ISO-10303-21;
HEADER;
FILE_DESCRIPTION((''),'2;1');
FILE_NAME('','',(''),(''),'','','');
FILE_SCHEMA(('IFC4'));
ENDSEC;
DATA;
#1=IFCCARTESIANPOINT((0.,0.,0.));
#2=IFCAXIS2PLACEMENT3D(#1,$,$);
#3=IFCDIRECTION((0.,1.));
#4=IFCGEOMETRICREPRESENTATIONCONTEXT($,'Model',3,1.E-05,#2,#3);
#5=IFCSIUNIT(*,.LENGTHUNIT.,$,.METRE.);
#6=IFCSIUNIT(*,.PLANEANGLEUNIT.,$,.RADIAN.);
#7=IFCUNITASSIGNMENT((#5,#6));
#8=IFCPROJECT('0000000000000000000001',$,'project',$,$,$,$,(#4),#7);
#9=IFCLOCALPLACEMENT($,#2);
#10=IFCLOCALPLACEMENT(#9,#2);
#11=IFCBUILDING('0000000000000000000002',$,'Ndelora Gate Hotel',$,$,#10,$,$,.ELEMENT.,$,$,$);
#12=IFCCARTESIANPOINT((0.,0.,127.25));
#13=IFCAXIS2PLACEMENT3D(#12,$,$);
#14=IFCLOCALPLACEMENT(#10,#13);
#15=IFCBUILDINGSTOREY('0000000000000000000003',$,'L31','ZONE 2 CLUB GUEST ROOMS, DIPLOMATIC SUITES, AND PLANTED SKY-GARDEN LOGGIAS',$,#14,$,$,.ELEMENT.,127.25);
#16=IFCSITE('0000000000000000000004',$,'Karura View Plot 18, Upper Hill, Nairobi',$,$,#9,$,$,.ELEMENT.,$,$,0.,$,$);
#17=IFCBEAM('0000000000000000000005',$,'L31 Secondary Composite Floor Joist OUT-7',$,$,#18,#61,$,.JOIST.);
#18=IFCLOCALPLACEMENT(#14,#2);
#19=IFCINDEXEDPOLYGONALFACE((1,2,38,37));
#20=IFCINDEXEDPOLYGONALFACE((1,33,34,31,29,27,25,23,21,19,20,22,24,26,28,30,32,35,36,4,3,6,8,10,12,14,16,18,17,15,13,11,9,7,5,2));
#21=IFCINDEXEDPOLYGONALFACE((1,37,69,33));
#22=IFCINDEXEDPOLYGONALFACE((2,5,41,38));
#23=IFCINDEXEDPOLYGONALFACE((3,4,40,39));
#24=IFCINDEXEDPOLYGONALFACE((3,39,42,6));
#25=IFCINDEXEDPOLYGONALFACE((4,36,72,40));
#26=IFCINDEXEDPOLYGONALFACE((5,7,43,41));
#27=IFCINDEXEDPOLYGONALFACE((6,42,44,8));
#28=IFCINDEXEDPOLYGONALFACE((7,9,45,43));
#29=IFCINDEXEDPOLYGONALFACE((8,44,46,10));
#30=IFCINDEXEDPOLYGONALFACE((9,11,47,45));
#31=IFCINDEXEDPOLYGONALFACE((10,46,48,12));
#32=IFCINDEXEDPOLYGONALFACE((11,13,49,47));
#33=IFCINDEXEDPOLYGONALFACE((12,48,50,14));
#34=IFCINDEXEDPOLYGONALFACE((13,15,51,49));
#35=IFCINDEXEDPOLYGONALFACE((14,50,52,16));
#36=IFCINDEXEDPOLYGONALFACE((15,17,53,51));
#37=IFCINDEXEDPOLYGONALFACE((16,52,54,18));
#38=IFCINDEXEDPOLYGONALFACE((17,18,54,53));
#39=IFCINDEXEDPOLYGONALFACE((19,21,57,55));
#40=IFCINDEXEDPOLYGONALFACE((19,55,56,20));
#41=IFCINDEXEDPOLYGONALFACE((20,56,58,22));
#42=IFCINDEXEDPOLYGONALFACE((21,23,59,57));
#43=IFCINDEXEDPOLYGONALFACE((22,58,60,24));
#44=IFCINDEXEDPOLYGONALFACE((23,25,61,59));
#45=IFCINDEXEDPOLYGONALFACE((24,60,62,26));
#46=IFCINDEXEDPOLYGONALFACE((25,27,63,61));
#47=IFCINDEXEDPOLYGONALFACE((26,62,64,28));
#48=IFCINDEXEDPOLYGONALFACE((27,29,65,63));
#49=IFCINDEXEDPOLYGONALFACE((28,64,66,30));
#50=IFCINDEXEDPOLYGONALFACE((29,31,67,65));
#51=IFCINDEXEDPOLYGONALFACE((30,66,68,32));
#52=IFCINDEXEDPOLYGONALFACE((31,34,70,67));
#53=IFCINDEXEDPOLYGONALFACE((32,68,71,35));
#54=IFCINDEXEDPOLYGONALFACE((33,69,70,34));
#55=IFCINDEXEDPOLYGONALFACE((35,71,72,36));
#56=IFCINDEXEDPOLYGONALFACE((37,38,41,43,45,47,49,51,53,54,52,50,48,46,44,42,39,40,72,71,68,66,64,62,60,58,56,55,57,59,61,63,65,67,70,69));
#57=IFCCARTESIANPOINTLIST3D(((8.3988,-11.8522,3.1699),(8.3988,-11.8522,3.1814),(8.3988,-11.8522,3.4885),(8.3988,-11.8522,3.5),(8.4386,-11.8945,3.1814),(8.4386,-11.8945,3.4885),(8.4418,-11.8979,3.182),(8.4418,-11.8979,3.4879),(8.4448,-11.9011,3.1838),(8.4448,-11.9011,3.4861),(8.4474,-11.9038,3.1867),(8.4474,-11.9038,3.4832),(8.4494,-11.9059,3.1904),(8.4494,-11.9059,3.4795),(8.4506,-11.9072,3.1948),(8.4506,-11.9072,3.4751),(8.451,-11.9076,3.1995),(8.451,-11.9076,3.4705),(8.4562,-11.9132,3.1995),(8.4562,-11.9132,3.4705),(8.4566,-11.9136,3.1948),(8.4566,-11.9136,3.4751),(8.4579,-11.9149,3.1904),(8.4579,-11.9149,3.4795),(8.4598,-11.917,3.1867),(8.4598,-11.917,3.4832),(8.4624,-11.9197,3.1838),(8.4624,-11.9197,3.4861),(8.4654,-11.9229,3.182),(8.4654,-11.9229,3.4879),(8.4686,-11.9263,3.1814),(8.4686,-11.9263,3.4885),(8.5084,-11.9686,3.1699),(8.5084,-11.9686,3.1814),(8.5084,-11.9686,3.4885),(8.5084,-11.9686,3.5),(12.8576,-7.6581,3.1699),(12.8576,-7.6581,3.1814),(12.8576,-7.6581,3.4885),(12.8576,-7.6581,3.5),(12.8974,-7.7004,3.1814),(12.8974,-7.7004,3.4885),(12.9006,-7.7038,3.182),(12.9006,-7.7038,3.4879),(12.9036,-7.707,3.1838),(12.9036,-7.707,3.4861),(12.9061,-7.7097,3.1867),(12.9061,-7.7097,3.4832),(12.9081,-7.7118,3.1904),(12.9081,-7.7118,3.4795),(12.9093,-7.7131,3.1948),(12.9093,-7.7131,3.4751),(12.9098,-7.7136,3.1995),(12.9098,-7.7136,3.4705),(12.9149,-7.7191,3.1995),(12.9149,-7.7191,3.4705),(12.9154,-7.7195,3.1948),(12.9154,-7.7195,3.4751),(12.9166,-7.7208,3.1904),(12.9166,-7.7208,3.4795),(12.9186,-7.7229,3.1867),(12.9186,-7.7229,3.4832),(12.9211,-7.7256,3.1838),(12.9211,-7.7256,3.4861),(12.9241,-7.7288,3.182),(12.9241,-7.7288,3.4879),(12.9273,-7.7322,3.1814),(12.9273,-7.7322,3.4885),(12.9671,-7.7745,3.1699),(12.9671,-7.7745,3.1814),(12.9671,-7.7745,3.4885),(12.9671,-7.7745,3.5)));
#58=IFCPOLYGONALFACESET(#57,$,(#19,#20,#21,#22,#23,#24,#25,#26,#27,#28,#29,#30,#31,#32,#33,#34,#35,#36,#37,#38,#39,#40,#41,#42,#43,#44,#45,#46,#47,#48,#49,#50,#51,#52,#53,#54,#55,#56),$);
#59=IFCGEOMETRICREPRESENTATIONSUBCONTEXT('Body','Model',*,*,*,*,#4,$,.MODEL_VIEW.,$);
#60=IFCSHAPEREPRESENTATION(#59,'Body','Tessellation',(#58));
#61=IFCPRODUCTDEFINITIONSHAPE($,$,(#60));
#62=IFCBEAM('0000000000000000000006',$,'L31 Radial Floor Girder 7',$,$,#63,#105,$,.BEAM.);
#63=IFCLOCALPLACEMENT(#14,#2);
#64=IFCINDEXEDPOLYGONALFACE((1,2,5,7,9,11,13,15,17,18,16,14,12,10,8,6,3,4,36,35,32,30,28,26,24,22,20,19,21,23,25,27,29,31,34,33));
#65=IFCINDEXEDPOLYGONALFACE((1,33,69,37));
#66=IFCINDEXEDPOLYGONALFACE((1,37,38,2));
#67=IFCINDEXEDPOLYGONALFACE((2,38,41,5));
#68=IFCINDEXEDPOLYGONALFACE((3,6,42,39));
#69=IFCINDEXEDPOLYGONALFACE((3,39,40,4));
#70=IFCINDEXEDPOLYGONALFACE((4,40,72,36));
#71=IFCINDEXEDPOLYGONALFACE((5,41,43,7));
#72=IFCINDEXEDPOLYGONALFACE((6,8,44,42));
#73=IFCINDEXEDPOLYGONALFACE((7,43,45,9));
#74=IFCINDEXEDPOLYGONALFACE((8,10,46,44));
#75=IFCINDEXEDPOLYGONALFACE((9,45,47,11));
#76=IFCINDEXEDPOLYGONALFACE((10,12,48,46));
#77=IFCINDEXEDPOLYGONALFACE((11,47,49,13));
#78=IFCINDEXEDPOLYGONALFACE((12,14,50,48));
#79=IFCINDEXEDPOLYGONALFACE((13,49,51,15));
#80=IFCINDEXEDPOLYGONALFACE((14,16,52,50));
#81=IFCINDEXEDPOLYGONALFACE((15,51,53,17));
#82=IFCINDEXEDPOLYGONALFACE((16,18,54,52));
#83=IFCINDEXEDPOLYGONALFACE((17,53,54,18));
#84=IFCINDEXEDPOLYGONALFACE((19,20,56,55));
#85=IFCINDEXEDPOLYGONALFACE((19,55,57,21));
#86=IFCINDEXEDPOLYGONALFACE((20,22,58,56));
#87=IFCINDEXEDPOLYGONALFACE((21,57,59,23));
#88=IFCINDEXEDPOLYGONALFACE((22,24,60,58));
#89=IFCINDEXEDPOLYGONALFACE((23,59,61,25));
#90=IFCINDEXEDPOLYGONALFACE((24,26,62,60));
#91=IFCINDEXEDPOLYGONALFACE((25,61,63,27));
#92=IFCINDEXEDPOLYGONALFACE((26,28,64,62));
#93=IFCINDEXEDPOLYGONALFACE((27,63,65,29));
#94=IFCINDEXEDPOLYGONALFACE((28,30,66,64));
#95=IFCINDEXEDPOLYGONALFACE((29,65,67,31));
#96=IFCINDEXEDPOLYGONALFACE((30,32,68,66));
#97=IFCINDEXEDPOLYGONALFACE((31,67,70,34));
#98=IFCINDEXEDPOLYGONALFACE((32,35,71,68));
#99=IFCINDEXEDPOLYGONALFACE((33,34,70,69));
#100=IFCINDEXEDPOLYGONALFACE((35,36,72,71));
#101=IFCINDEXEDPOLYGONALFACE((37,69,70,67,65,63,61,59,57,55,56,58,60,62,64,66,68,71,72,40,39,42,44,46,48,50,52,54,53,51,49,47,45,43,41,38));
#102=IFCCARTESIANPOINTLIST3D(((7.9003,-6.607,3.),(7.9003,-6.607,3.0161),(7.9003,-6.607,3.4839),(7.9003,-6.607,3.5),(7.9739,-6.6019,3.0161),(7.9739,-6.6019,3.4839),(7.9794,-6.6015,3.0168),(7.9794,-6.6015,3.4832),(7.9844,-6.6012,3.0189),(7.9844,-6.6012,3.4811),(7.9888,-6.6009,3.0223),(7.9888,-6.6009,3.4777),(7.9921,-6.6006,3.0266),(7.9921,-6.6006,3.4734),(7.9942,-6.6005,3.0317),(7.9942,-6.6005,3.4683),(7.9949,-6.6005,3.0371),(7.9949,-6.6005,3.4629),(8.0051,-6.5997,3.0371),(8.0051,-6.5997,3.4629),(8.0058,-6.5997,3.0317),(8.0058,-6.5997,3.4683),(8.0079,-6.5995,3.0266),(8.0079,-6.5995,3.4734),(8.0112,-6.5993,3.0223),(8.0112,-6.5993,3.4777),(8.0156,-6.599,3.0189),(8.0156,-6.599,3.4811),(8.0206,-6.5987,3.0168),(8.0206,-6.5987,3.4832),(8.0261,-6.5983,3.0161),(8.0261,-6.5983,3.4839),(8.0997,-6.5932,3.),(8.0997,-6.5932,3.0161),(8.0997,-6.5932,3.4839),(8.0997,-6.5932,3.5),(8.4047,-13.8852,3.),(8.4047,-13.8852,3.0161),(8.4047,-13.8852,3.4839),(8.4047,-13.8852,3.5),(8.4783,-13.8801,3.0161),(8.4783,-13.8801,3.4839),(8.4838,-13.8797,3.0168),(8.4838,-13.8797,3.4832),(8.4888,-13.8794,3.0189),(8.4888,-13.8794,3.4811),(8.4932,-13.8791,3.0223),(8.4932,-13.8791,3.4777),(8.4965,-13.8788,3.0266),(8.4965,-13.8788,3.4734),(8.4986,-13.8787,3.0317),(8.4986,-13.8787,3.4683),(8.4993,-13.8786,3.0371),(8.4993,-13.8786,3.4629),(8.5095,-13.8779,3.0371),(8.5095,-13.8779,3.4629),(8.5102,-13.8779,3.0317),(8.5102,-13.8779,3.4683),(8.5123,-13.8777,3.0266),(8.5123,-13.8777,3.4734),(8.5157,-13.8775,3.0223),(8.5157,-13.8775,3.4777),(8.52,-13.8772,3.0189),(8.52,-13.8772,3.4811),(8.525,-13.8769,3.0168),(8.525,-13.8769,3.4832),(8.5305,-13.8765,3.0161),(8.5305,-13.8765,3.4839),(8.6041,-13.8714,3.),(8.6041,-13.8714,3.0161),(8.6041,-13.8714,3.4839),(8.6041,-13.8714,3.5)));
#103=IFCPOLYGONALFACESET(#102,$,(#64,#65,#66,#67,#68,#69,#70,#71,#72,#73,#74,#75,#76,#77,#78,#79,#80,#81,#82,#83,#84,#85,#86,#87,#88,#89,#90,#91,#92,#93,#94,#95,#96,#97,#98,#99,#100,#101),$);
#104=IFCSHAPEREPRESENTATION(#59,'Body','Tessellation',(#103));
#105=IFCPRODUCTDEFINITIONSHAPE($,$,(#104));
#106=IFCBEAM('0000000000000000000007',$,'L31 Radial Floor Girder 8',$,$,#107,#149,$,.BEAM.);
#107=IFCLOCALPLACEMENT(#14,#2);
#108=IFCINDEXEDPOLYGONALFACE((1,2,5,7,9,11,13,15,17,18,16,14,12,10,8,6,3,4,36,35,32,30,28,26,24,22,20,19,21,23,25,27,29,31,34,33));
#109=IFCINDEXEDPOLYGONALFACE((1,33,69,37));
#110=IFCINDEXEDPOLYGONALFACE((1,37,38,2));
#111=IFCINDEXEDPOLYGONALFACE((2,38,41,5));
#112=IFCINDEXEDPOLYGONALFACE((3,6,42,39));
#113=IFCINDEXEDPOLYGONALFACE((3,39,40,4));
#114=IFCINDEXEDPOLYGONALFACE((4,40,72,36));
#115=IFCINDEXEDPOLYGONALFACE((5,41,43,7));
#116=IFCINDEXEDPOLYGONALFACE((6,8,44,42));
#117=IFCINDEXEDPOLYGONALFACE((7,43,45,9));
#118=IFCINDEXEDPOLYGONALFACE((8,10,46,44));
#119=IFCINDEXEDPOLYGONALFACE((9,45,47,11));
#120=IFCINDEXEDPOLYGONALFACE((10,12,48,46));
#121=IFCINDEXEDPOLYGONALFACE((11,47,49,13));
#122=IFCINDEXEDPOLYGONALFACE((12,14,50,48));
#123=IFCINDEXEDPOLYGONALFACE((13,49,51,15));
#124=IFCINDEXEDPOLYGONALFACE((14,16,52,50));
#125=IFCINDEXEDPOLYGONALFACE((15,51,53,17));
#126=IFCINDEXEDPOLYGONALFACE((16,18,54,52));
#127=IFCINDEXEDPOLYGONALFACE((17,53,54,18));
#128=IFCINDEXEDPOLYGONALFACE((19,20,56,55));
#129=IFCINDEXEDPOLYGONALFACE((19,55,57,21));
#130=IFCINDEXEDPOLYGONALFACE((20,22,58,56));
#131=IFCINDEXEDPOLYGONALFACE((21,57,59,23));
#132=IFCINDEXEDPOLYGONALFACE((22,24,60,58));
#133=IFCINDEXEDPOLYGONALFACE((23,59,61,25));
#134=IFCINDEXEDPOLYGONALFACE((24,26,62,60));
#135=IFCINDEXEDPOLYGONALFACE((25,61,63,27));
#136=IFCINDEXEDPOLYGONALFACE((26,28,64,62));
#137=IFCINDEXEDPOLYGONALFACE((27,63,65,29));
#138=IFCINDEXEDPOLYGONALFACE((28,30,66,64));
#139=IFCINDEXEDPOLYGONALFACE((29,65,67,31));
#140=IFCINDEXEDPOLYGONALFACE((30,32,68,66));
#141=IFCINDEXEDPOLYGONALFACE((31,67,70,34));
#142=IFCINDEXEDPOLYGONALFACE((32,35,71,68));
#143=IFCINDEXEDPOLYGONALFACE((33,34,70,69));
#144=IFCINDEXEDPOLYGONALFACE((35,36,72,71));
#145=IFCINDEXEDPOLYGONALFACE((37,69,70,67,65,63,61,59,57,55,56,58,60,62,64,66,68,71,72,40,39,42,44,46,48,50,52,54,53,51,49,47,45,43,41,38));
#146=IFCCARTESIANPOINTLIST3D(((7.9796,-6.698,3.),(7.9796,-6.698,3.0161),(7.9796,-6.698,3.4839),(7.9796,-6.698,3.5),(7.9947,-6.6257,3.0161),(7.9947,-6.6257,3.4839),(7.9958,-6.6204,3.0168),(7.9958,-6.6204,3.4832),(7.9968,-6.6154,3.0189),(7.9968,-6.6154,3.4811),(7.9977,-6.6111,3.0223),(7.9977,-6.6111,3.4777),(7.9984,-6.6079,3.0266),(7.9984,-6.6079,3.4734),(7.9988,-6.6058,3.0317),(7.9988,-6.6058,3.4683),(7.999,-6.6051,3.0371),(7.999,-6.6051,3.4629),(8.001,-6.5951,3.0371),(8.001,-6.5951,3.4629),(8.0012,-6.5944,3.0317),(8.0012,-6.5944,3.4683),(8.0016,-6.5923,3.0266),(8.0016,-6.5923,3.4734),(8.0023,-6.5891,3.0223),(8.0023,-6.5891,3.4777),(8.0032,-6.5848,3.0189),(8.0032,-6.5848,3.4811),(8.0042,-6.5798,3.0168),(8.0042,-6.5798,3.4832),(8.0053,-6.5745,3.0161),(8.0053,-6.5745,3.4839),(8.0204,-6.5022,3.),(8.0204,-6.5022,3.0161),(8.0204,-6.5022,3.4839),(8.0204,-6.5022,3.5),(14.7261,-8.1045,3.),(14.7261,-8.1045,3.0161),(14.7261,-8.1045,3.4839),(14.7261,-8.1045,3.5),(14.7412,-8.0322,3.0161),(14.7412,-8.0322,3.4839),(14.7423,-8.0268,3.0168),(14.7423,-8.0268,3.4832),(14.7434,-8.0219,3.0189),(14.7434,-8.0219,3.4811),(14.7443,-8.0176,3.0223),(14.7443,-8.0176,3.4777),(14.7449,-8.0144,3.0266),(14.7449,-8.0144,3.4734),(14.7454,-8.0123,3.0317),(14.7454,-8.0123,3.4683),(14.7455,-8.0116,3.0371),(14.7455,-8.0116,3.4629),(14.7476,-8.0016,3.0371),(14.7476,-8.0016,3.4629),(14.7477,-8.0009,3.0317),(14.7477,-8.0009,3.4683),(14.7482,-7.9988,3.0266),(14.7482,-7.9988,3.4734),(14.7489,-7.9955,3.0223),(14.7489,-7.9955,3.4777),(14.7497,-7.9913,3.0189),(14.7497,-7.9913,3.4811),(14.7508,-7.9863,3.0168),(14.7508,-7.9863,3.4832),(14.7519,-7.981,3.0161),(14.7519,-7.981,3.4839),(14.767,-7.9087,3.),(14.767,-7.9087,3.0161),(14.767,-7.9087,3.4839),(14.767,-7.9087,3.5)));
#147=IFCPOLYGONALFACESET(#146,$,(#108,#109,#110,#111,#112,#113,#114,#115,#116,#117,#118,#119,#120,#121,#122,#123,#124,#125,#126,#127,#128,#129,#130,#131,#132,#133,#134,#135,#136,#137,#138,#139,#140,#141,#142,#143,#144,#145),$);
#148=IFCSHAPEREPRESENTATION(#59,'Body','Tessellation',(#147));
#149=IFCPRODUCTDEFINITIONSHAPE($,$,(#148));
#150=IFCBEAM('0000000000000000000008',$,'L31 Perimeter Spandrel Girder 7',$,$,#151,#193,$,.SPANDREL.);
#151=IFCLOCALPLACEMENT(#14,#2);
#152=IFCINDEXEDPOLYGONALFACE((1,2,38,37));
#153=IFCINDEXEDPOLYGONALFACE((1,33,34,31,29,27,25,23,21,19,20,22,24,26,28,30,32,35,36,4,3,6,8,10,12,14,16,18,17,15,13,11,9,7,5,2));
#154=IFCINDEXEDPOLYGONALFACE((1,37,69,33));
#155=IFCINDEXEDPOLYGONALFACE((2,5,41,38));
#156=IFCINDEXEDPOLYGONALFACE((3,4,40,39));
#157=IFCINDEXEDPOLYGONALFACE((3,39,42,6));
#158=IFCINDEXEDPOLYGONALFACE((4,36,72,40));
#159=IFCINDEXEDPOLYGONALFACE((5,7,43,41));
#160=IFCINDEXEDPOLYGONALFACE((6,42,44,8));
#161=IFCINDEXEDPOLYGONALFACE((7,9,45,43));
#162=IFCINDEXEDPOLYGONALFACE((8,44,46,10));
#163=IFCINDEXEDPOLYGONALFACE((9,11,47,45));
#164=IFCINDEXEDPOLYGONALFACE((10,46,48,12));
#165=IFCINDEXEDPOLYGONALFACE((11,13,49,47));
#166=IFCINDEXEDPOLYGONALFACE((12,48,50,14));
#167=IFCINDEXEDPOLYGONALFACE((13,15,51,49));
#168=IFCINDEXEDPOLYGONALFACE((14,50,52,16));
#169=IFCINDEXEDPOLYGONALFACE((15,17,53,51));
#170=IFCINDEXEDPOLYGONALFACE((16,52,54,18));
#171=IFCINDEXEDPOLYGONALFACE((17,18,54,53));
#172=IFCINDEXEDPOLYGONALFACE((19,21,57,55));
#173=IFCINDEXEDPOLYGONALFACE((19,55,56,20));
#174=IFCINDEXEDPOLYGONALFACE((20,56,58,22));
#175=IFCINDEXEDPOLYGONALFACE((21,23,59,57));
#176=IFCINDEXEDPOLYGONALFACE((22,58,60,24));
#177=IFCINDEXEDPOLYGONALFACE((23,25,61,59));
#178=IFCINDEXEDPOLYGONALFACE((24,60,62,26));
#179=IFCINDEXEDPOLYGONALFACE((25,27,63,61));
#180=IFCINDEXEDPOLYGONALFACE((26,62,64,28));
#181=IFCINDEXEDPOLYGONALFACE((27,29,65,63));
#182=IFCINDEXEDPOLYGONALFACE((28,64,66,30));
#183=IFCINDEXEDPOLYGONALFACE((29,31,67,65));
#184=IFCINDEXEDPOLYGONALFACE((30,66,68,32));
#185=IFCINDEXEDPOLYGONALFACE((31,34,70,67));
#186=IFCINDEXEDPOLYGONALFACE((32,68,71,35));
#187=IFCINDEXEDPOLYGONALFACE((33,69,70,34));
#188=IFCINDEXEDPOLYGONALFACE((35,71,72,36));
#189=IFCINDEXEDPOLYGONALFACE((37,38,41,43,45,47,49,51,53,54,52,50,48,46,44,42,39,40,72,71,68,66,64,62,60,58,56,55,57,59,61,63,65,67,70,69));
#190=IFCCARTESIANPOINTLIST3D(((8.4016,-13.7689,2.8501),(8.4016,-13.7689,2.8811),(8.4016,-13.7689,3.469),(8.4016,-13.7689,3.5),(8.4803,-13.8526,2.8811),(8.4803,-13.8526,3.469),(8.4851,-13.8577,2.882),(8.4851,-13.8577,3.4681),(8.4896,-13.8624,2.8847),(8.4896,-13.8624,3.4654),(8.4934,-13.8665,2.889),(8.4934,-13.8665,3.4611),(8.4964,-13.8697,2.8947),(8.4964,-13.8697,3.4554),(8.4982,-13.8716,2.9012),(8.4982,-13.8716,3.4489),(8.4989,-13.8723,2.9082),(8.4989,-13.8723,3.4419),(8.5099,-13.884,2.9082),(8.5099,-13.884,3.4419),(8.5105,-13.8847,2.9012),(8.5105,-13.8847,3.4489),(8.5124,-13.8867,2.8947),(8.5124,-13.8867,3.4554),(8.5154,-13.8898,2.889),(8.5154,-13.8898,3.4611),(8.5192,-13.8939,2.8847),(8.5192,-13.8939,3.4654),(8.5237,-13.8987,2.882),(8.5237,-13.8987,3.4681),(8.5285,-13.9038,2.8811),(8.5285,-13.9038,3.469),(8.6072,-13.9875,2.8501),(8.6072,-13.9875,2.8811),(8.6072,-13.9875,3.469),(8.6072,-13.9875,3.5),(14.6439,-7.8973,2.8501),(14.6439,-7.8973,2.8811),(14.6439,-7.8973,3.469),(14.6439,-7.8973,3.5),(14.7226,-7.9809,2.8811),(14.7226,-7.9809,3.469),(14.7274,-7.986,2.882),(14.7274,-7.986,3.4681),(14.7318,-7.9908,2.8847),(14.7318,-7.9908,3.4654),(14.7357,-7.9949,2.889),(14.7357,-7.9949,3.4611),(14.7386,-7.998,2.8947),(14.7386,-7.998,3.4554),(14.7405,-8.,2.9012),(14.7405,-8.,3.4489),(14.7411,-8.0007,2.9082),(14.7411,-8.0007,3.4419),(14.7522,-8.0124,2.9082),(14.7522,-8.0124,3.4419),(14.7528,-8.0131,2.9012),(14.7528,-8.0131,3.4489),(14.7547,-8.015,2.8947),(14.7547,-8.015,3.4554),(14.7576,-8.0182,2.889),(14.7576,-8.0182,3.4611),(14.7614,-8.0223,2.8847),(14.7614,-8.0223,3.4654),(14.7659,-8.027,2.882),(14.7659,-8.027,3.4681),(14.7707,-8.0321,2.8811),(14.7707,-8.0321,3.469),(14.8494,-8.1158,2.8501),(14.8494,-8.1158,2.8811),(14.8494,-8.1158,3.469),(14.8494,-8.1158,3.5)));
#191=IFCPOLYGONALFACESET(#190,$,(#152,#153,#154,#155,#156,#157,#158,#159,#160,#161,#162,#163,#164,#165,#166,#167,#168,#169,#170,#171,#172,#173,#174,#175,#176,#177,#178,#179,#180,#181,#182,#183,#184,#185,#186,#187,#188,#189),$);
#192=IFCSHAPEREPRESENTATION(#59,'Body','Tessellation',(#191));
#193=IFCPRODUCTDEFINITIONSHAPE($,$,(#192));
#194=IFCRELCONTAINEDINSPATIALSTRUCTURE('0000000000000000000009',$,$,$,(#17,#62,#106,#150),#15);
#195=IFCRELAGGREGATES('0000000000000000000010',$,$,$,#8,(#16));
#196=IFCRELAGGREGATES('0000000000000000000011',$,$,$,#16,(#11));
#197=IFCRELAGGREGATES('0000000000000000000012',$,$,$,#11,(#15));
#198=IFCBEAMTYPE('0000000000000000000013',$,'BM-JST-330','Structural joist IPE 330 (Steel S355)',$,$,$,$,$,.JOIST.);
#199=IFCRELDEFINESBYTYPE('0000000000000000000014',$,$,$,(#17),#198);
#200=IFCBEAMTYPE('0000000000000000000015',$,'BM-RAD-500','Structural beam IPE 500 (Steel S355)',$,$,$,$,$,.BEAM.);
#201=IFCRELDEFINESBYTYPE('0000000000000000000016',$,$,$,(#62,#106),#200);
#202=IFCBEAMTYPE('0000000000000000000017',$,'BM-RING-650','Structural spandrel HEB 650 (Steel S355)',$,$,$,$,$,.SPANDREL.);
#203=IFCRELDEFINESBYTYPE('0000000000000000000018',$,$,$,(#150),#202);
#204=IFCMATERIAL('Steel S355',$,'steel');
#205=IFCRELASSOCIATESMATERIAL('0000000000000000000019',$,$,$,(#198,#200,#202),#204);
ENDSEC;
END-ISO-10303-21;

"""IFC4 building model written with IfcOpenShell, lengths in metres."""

from ifc_helpers import new_model, si_unit, direction, frame, origin, origin_2d, place, context, subcontext, project, spatial, i_section, extrude, material, material_profile, profile_set, type_object, element, save


model = new_model("IFC4")

# Units and contexts
model_context = context("Model", 3, precision=1e-05, world=origin(), true_north=direction((0.0, 1.0)))
body_context = subcontext(model_context, "Body", "Model", "MODEL_VIEW")
ifc_project = project(units=[si_unit("LENGTHUNIT", "METRE"), si_unit("PLANEANGLEUNIT", "RADIAN")], contexts=[model_context])

# Site, building, storey
site_placement = place(None, origin())
site = spatial("IfcSite", under=ifc_project, at=site_placement, Name="Karura View Plot 18, Upper Hill, Nairobi", CompositionType="ELEMENT", RefElevation=0.0)
building_placement = place(site_placement, origin())
building = spatial("IfcBuilding", under=site, at=building_placement, Name="Ndelora Gate Hotel", CompositionType="ELEMENT")
storey_placement = place(building_placement, frame((0.0, 0.0, 127.25)))
storey = spatial("IfcBuildingStorey", under=building, at=storey_placement, Name="L31", Description="ZONE 2 CLUB GUEST ROOMS, DIPLOMATIC SUITES, AND PLANTED SKY-GARDEN LOGGIAS", CompositionType="ELEMENT", Elevation=127.25)

# Beams
ifc_material_1 = material(Name="Steel S355", Category="steel")
ifc_material_profile_1 = material_profile(ifc_material_1, i_section(OverallWidth=0.1599, OverallDepth=0.3301, WebThickness=0.0076, FlangeThickness=0.0115, FilletRadius=0.0181, at=origin_2d()), Name="IPE 330")
ifc_profile_set_1 = profile_set([ifc_material_profile_1], Name="Steel S355")
beam_type_1 = type_object("IfcBeamType", Name="BM-JST-330", Description="Structural joist IPE 330 (Steel S355)", PredefinedType="JOIST", material=ifc_profile_set_1)
beam_1_placement = place(storey_placement, frame((8.4536, -11.9104, 3.335), z_axis=(0.728393, 0.685159, 0.0), x_axis=(-0.685159, 0.728393, 0.0)))
element("IfcBeam", 1, at=beam_1_placement, inside=storey, type_object=beam_type_1, Name="L31 Secondary Composite Floor Joist OUT-7", PredefinedType="JOIST", context=body_context, shape_type="SweptSolid", body=[
    extrude(i_section(OverallWidth=0.1599, OverallDepth=0.3301, WebThickness=0.0076, FlangeThickness=0.0115, FilletRadius=0.0181, at=origin_2d()), origin(), (0.0, 0.0, 1.0), 6.1213),
])
ifc_material_profile_2 = material_profile(ifc_material_1, i_section(OverallWidth=0.2, OverallDepth=0.5, WebThickness=0.0103, FlangeThickness=0.0161, FilletRadius=0.021, at=origin_2d()), Name="IPE 500")
ifc_profile_set_2 = profile_set([ifc_material_profile_2], Name="Steel S355")
beam_type_2 = type_object("IfcBeamType", Name="BM-RAD-500", Description="Structural beam IPE 500 (Steel S355)", PredefinedType="BEAM", material=ifc_profile_set_2)
beam_2_placement = place(storey_placement, frame((8.0, -6.6001, 3.25), z_axis=(0.069137, -0.997607, 0.0), x_axis=(0.997607, 0.069137, 0.0)))
element("IfcBeam", 2, at=beam_2_placement, inside=storey, type_object=beam_type_2, Name="L31 Radial Floor Girder 7", PredefinedType="BEAM", context=body_context, shape_type="SweptSolid", body=[
    extrude(i_section(OverallWidth=0.2, OverallDepth=0.5, WebThickness=0.0103, FlangeThickness=0.0161, FilletRadius=0.021, at=origin_2d()), origin(), (0.0, 0.0, 1.0), 7.2957),
])
beam_3_placement = place(storey_placement, frame((8.0, -6.6001, 3.25), z_axis=(0.978953, -0.204087, 0.0), x_axis=(0.204087, 0.978953, 0.0)))
element("IfcBeam", 3, at=beam_3_placement, inside=storey, type_object=beam_type_2, Name="L31 Radial Floor Girder 8", PredefinedType="BEAM", context=body_context, shape_type="SweptSolid", body=[
    extrude(i_section(OverallWidth=0.2, OverallDepth=0.5, WebThickness=0.0103, FlangeThickness=0.0161, FilletRadius=0.021, at=origin_2d()), origin(), (0.0, 0.0, 1.0), 6.8916),
])
ifc_material_profile_3 = material_profile(ifc_material_1, i_section(OverallWidth=0.3, OverallDepth=0.6499, WebThickness=0.0161, FlangeThickness=0.031, FilletRadius=0.0271, at=origin_2d()), Name="HEB 650")
ifc_profile_set_3 = profile_set([ifc_material_profile_3], Name="Steel S355")
beam_type_3 = type_object("IfcBeamType", Name="BM-RING-650", Description="Structural spandrel HEB 650 (Steel S355)", PredefinedType="SPANDREL", material=ifc_profile_set_3)
beam_4_placement = place(storey_placement, frame((8.5044, -13.8782, 3.175), z_axis=(0.728399, 0.685153, 0.0), x_axis=(-0.685153, 0.728399, 0.0)))
element("IfcBeam", 4, at=beam_4_placement, inside=storey, type_object=beam_type_3, Name="L31 Perimeter Spandrel Girder 7", PredefinedType="SPANDREL", context=body_context, shape_type="SweptSolid", body=[
    extrude(i_section(OverallWidth=0.3, OverallDepth=0.6499, WebThickness=0.0161, FlangeThickness=0.031, FilletRadius=0.0271, at=origin_2d()), origin(), (0.0, 0.0, 1.0), 8.5698),
])

save(model, "model.ifc")
